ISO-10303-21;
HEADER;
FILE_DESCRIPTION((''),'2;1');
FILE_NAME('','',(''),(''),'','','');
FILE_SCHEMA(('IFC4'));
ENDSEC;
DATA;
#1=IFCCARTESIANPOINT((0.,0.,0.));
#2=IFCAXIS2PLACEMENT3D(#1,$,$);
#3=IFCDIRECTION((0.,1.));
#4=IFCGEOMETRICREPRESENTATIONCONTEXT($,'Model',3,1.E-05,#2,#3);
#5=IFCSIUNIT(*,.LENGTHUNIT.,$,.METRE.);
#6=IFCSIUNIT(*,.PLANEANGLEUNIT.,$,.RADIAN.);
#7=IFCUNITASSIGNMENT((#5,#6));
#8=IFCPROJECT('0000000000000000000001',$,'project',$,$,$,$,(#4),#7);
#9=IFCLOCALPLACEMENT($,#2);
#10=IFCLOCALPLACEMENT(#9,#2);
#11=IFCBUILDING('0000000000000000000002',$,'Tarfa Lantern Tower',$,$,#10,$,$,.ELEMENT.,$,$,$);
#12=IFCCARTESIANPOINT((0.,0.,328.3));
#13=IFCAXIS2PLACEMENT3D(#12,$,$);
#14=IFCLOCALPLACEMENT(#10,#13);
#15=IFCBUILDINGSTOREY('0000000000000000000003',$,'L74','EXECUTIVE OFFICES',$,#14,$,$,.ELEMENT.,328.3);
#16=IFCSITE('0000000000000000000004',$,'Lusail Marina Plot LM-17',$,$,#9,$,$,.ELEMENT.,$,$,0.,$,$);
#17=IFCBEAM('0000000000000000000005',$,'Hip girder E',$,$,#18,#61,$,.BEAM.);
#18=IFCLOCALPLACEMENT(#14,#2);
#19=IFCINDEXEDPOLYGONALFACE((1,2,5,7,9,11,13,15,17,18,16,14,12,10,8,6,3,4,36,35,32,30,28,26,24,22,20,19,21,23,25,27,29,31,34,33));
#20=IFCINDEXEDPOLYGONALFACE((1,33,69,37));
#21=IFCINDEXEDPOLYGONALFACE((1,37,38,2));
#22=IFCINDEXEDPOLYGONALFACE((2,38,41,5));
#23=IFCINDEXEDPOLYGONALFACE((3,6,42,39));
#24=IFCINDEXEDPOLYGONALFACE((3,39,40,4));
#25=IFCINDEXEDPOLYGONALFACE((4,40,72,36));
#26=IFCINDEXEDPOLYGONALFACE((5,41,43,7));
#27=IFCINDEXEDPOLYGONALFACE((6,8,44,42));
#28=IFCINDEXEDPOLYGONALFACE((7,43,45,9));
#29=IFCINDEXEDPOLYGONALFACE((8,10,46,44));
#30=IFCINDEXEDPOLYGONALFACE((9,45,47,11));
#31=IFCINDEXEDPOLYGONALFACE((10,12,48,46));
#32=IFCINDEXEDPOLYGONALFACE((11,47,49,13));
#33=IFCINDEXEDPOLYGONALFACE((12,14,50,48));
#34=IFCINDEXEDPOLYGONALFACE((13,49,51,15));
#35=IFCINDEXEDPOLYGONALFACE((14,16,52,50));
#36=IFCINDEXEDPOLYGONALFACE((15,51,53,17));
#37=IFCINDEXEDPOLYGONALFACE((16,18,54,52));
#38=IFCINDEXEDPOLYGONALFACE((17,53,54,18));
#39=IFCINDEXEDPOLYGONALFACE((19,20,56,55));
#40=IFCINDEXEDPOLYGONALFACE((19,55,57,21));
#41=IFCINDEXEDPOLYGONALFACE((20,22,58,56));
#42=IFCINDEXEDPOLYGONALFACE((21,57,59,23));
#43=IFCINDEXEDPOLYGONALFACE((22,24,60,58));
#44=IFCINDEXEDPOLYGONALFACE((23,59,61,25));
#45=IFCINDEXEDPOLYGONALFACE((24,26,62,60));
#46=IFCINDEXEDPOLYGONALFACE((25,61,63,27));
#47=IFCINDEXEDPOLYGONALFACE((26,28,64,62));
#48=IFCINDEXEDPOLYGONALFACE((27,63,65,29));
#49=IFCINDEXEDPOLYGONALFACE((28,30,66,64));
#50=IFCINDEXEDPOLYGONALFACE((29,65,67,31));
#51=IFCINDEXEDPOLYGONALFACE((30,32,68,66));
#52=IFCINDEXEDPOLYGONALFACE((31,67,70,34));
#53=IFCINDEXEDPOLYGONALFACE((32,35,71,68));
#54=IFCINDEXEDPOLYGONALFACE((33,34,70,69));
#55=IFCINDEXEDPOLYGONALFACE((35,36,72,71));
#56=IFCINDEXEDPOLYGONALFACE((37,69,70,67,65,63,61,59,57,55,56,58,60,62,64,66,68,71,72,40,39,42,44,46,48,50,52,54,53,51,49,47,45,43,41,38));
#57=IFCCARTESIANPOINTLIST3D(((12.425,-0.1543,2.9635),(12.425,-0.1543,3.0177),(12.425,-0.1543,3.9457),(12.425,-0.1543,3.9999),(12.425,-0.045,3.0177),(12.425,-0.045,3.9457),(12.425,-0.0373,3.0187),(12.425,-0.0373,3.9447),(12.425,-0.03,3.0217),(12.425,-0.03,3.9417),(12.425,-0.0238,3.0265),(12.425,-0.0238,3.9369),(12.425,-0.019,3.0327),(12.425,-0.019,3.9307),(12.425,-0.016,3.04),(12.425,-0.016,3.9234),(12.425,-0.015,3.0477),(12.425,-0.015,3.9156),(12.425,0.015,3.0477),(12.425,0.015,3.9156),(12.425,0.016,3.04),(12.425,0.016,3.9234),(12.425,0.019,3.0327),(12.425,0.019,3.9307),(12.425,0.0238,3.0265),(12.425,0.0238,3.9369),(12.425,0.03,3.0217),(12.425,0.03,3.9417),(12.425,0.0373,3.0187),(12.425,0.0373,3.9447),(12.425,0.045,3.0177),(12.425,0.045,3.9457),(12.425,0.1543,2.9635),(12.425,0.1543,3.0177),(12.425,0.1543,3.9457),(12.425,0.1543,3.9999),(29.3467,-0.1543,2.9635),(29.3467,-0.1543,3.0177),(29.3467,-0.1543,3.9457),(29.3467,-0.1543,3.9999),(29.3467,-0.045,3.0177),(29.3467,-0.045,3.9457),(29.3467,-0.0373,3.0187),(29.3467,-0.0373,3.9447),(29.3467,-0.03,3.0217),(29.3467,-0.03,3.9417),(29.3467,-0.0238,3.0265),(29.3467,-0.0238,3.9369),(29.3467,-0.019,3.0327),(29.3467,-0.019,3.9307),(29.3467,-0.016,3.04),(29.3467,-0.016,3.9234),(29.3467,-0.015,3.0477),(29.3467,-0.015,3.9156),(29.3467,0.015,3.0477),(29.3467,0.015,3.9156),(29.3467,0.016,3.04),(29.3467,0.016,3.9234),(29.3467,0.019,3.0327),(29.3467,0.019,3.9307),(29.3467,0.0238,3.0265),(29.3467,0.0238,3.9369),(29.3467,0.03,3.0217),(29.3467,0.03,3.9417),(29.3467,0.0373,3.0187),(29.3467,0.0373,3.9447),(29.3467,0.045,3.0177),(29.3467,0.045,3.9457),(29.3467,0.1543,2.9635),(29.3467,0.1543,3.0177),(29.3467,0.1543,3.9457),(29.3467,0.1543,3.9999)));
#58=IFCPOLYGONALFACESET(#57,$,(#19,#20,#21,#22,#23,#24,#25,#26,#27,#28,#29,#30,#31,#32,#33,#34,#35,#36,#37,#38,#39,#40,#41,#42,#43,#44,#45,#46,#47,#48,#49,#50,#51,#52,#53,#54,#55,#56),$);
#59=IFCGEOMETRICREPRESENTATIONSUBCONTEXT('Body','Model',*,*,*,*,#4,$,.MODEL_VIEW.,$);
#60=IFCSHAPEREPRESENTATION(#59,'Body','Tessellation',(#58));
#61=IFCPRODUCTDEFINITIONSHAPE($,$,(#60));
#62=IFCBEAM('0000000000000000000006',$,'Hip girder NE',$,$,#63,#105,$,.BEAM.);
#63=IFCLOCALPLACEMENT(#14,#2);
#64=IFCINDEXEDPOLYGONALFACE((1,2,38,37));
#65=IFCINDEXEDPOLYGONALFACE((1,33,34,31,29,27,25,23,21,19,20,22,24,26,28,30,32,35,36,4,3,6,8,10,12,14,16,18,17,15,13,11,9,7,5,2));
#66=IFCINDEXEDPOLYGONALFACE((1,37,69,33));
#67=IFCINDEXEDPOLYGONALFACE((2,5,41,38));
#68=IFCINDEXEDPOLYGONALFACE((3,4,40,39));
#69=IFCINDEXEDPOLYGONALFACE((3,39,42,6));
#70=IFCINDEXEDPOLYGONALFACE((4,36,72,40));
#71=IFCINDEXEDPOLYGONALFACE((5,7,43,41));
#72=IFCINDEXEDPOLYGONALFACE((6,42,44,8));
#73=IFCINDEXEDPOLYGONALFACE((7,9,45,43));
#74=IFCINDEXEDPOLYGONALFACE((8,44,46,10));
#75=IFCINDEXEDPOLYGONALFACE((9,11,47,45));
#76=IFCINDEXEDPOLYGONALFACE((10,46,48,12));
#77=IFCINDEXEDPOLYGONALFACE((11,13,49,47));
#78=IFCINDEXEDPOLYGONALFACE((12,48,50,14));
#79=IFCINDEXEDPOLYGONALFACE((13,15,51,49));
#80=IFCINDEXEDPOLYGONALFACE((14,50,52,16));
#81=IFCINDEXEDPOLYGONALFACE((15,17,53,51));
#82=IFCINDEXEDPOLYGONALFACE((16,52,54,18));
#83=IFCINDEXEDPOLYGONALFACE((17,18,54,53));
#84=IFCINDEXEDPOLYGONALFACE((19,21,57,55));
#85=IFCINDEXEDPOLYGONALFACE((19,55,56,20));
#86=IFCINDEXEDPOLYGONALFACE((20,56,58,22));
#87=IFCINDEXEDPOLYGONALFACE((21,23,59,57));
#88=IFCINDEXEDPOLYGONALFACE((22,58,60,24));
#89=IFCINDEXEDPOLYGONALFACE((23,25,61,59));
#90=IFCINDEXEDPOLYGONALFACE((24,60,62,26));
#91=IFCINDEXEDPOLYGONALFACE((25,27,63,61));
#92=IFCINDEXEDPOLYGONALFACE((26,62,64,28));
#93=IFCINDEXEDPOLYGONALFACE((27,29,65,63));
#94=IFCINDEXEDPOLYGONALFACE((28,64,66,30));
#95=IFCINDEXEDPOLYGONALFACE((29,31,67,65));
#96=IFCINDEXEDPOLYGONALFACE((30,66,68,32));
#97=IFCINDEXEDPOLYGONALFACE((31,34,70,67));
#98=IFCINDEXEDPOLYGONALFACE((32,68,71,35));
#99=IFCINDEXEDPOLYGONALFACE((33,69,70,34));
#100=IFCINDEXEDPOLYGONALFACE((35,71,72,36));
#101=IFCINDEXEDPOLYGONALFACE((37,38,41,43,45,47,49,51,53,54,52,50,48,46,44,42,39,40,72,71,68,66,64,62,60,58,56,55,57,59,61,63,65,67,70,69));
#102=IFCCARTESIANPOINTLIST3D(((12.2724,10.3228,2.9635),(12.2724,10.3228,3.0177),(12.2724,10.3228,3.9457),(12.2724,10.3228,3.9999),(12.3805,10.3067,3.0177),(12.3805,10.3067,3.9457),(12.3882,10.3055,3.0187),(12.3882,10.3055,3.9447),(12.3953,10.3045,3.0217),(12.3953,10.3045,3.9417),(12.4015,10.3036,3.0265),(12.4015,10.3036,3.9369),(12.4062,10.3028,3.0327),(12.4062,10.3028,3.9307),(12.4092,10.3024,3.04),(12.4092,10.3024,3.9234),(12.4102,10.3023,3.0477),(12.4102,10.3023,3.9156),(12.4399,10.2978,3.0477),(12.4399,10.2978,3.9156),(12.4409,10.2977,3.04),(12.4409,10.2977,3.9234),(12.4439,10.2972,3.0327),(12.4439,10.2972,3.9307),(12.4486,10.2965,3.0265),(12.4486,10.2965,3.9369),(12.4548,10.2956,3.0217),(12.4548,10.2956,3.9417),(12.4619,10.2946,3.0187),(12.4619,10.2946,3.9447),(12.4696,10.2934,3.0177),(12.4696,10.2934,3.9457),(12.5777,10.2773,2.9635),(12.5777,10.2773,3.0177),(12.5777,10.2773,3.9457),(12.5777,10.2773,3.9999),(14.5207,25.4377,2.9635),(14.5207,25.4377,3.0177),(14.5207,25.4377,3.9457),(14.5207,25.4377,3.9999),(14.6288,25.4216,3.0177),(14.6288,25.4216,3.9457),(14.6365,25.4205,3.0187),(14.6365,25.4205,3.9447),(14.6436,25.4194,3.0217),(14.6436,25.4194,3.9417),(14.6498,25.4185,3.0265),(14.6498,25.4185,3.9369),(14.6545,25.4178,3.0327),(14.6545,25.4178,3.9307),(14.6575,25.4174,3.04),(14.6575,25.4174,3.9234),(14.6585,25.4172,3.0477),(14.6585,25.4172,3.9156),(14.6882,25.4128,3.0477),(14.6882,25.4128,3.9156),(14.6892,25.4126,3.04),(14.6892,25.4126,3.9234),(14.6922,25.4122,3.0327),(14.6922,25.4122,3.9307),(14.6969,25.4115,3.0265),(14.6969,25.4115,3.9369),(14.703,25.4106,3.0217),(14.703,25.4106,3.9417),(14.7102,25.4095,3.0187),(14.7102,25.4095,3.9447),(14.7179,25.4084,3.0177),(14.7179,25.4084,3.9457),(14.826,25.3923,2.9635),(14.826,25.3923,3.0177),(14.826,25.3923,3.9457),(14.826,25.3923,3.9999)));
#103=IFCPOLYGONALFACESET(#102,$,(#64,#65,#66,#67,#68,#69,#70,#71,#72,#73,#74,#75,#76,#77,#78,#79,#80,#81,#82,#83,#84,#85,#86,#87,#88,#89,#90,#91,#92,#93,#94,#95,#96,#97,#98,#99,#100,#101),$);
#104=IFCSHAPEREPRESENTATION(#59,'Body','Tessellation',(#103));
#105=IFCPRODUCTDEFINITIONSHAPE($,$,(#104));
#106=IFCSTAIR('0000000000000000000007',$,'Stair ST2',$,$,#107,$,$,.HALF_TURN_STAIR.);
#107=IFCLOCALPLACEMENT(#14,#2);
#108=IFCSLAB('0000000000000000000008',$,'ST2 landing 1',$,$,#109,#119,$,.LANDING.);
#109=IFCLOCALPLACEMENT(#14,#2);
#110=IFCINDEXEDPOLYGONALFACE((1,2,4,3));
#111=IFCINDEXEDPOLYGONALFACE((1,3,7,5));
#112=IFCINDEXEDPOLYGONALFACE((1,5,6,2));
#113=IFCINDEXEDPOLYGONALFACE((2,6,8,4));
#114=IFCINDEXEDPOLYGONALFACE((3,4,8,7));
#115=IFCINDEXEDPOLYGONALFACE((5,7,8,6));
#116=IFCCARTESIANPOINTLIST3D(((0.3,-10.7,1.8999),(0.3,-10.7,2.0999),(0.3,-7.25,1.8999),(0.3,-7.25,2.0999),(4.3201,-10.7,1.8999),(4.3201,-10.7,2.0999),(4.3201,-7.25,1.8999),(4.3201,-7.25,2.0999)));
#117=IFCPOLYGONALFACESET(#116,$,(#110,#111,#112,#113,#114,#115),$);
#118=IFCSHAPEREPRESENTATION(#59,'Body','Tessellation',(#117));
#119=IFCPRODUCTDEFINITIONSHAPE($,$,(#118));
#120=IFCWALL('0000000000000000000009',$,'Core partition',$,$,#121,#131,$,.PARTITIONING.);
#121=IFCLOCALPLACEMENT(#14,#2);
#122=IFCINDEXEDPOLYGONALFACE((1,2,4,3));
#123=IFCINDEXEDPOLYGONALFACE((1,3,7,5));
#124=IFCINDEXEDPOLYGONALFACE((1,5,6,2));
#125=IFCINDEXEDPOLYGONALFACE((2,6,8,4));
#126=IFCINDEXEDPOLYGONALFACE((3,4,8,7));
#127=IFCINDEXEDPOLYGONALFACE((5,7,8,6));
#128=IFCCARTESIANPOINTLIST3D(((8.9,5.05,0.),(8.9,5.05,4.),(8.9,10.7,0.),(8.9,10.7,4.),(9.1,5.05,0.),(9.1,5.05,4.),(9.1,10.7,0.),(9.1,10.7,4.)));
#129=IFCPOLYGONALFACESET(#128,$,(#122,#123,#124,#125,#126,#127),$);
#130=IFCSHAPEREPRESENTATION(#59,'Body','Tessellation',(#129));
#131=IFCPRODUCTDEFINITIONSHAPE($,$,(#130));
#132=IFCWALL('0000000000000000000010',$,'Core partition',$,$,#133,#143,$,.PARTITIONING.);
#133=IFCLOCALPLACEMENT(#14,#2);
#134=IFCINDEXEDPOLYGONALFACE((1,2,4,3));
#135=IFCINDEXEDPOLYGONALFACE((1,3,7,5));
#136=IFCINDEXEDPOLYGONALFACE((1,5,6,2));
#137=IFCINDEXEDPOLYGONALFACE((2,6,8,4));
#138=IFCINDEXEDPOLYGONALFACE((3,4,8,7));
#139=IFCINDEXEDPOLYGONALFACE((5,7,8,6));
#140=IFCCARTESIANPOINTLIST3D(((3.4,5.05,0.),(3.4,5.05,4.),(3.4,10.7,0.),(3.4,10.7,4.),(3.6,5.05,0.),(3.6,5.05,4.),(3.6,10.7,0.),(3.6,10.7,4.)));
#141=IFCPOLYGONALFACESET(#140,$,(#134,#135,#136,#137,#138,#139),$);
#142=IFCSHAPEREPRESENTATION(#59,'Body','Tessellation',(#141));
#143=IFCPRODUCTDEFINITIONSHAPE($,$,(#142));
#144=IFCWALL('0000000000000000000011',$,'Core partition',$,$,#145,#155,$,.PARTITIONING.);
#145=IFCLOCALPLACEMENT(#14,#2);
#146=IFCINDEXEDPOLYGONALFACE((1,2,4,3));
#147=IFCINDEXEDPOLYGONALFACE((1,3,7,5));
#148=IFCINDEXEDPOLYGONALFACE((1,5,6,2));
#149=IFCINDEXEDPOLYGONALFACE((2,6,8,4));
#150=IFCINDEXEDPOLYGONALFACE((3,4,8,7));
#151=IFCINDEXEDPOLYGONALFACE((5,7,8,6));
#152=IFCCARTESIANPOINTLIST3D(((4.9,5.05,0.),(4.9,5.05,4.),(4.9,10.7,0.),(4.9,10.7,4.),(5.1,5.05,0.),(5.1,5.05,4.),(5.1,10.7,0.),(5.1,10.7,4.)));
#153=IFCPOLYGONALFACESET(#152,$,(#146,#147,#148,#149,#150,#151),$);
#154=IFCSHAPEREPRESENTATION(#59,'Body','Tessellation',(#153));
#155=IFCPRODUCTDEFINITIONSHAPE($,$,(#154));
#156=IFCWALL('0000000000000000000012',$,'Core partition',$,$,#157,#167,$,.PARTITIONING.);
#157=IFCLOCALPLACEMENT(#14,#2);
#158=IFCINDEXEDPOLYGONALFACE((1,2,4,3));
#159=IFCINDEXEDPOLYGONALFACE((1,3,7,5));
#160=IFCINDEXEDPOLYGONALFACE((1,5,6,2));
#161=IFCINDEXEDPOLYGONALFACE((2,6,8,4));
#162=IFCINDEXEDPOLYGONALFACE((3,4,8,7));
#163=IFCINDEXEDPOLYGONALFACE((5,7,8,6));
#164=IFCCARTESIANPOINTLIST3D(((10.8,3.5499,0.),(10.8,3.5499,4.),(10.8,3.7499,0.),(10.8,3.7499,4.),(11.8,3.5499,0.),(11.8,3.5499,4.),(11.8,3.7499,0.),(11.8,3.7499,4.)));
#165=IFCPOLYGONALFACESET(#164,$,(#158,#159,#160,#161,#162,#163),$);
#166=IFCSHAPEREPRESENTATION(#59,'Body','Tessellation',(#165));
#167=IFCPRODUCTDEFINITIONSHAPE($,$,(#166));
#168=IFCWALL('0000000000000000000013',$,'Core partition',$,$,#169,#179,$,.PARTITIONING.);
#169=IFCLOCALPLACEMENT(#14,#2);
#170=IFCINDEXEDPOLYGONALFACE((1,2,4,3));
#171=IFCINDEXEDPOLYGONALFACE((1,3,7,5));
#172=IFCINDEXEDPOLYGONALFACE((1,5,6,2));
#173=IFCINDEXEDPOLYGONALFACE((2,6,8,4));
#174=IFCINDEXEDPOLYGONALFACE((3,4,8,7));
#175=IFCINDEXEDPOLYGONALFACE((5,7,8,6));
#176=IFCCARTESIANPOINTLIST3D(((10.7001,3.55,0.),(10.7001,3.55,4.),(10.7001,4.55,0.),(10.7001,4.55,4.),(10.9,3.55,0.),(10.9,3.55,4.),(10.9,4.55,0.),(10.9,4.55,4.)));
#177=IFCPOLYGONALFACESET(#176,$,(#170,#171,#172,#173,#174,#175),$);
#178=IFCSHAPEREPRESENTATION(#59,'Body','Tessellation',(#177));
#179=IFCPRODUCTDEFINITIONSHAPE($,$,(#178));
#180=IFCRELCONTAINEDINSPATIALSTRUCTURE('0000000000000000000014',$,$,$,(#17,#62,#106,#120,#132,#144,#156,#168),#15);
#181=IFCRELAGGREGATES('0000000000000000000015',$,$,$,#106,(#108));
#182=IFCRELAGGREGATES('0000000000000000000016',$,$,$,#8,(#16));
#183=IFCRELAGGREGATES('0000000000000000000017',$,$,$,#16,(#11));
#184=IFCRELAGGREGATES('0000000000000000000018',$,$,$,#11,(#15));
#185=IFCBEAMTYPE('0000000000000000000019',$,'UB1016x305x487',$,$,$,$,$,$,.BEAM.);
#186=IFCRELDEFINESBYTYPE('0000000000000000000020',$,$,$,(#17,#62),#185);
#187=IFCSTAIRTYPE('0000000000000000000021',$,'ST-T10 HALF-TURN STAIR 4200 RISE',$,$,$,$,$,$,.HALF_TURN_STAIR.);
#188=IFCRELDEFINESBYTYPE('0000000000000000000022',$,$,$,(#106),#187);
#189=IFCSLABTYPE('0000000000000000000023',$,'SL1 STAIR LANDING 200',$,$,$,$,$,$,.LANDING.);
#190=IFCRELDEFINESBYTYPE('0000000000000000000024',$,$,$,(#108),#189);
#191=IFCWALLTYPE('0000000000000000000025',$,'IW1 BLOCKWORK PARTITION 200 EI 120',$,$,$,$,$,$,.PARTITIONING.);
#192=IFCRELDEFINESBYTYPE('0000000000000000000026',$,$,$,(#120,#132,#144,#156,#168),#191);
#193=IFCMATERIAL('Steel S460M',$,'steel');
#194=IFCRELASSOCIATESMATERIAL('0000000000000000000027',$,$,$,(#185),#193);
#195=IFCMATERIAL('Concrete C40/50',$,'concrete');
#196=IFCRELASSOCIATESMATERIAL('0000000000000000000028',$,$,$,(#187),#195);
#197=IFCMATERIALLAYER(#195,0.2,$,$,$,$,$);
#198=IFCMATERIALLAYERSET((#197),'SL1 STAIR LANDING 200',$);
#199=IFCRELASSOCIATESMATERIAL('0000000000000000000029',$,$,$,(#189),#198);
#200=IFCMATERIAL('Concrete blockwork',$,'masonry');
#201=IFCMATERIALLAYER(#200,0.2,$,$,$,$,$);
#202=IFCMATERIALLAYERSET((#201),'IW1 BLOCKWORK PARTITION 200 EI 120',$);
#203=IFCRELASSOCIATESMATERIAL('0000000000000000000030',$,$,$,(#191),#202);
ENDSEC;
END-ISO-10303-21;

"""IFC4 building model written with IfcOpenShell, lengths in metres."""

from ifc_helpers import new_model, si_unit, direction, frame, frame_2d, origin, origin_2d, place, context, subcontext, project, spatial, polyline, rectangle, i_section, outline, extrude, material, layer, layer_set, material_profile, profile_set, type_object, element, aggregate, save


model = new_model("IFC4")

# Units and contexts
model_context = context("Model", 3, precision=1e-05, world=origin(), true_north=direction((0.0, 1.0)))
body_context = subcontext(model_context, "Body", "Model", "MODEL_VIEW")
ifc_project = project(units=[si_unit("LENGTHUNIT", "METRE"), si_unit("PLANEANGLEUNIT", "RADIAN")], contexts=[model_context])

# Site, building, storey
site_placement = place(None, origin())
site = spatial("IfcSite", under=ifc_project, at=site_placement, Name="Lusail Marina Plot LM-17", CompositionType="ELEMENT", RefElevation=0.0)
building_placement = place(site_placement, origin())
building = spatial("IfcBuilding", under=site, at=building_placement, Name="Tarfa Lantern Tower", CompositionType="ELEMENT")
storey_placement = place(building_placement, frame((0.0, 0.0, 328.3)))
storey = spatial("IfcBuildingStorey", under=building, at=storey_placement, Name="L74", Description="EXECUTIVE OFFICES", CompositionType="ELEMENT", Elevation=328.3)

# Beams
ifc_material_1 = material(Name="Steel S460M", Category="steel")
ifc_material_profile = material_profile(ifc_material_1, i_section(OverallWidth=0.3086, OverallDepth=1.0364, WebThickness=0.03, FlangeThickness=0.0542, FilletRadius=0.03, at=origin_2d()), Name="UB1016x305x487")
ifc_profile_set = profile_set([ifc_material_profile], Name="Steel S460M")
beam_type = type_object("IfcBeamType", Name="UB1016x305x487", PredefinedType="BEAM", material=ifc_profile_set)
beam_1_placement = place(storey_placement, frame((12.425, 0.0, 3.4817), z_axis=(1.0, 0.0, 0.0), x_axis=(0.0, 1.0, 0.0)))
element("IfcBeam", 1, at=beam_1_placement, inside=storey, type_object=beam_type, Name="Hip girder E", PredefinedType="BEAM", context=body_context, shape_type="SweptSolid", body=[
    extrude(i_section(OverallWidth=0.3086, OverallDepth=1.0364, WebThickness=0.03, FlangeThickness=0.0542, FilletRadius=0.03, at=origin_2d()), origin(), (0.0, 0.0, 1.0), 16.9216),
])
beam_2_placement = place(storey_placement, frame((12.425, 10.3, 3.4817), z_axis=(0.147127, 0.989118, 0.0), x_axis=(-0.989118, 0.147127, 0.0)))
element("IfcBeam", 2, at=beam_2_placement, inside=storey, type_object=beam_type, Name="Hip girder NE", PredefinedType="BEAM", context=body_context, shape_type="SweptSolid", body=[
    extrude(i_section(OverallWidth=0.3086, OverallDepth=1.0364, WebThickness=0.03, FlangeThickness=0.0542, FilletRadius=0.03, at=origin_2d()), origin(), (0.0, 0.0, 1.0), 15.2812),
])

# Stair, slab
ifc_material_2 = material(Name="Concrete C40/50", Category="concrete")
stair_type = type_object("IfcStairType", Name="ST-T10 HALF-TURN STAIR 4200 RISE", PredefinedType="HALF_TURN_STAIR", material=ifc_material_2)
stair_placement = place(storey_placement, origin())
stair = element("IfcStair", 3, at=stair_placement, inside=storey, type_object=stair_type, Name="Stair ST2", PredefinedType="HALF_TURN_STAIR")
ifc_layer_1 = layer(ifc_material_2, 0.2)
ifc_layer_set_1 = layer_set([ifc_layer_1], Name="SL1 STAIR LANDING 200")
slab_type = type_object("IfcSlabType", Name="SL1 STAIR LANDING 200", PredefinedType="LANDING", material=ifc_layer_set_1)
slab_placement = place(storey_placement, frame((0.0, 0.0, 1.8999)))
slab = element("IfcSlab", 4, at=slab_placement, type_object=slab_type, Name="ST2 landing 1", PredefinedType="LANDING", context=body_context, shape_type="SweptSolid", body=[
    extrude(outline(polyline([(4.3201, -7.25), (0.3, -7.25), (0.3, -10.7), (4.3201, -10.7), (4.3201, -7.25)])), origin(), (0.0, 0.0, 1.0), 0.2),
])
aggregate(stair, [slab])

# Walls
ifc_material_3 = material(Name="Concrete blockwork", Category="masonry")
ifc_layer_2 = layer(ifc_material_3, 0.2)
ifc_layer_set_2 = layer_set([ifc_layer_2], Name="IW1 BLOCKWORK PARTITION 200 EI 120")
wall_type_1 = type_object("IfcWallType", Name="IW1 BLOCKWORK PARTITION 200 EI 120", PredefinedType="PARTITIONING", material=ifc_layer_set_2)
for number, where, z_axis, x_axis, name in (
    (5, (9.0, 5.05, 0.0), (0.0, 0.0, 1.0), (0.0, 1.0, 0.0), "Core partition"),
    (6, (3.5, 5.05, 0.0), (0.0, 0.0, 1.0), (0.0, 1.0, 0.0), "Core partition"),
    (7, (5.0, 5.05, 0.0), (0.0, 0.0, 1.0), (0.0, 1.0, 0.0), "Core partition"),
):
    element("IfcWall", number, at=place(storey_placement, frame(where, z_axis=z_axis, x_axis=x_axis)), inside=storey, type_object=wall_type_1, Name=name, PredefinedType="PARTITIONING", context=body_context, shape_type="SweptSolid", body=[
        extrude(rectangle(XDim=5.6499, YDim=0.2, at=frame_2d((2.825, 0.0))), origin(), (0.0, 0.0, 1.0), 4.0),
    ])
for number, where, z_axis, x_axis, name in (
    (8, (10.8, 3.6499, 0.0), (0.0, 0.0, 1.0), (1.0, 0.0, 0.0), "Core partition"),
    (9, (10.8, 3.55, 0.0), (0.0, 0.0, 1.0), (0.0, 1.0, 0.0), "Core partition"),
):
    element("IfcWall", number, at=place(storey_placement, frame(where, z_axis=z_axis, x_axis=x_axis)), inside=storey, type_object=wall_type_1, Name=name, PredefinedType="PARTITIONING", context=body_context, shape_type="SweptSolid", body=[
        extrude(rectangle(XDim=1.0, YDim=0.2, at=frame_2d((0.5, 0.0))), origin(), (0.0, 0.0, 1.0), 4.0),
    ])

save(model, "model.ifc")
